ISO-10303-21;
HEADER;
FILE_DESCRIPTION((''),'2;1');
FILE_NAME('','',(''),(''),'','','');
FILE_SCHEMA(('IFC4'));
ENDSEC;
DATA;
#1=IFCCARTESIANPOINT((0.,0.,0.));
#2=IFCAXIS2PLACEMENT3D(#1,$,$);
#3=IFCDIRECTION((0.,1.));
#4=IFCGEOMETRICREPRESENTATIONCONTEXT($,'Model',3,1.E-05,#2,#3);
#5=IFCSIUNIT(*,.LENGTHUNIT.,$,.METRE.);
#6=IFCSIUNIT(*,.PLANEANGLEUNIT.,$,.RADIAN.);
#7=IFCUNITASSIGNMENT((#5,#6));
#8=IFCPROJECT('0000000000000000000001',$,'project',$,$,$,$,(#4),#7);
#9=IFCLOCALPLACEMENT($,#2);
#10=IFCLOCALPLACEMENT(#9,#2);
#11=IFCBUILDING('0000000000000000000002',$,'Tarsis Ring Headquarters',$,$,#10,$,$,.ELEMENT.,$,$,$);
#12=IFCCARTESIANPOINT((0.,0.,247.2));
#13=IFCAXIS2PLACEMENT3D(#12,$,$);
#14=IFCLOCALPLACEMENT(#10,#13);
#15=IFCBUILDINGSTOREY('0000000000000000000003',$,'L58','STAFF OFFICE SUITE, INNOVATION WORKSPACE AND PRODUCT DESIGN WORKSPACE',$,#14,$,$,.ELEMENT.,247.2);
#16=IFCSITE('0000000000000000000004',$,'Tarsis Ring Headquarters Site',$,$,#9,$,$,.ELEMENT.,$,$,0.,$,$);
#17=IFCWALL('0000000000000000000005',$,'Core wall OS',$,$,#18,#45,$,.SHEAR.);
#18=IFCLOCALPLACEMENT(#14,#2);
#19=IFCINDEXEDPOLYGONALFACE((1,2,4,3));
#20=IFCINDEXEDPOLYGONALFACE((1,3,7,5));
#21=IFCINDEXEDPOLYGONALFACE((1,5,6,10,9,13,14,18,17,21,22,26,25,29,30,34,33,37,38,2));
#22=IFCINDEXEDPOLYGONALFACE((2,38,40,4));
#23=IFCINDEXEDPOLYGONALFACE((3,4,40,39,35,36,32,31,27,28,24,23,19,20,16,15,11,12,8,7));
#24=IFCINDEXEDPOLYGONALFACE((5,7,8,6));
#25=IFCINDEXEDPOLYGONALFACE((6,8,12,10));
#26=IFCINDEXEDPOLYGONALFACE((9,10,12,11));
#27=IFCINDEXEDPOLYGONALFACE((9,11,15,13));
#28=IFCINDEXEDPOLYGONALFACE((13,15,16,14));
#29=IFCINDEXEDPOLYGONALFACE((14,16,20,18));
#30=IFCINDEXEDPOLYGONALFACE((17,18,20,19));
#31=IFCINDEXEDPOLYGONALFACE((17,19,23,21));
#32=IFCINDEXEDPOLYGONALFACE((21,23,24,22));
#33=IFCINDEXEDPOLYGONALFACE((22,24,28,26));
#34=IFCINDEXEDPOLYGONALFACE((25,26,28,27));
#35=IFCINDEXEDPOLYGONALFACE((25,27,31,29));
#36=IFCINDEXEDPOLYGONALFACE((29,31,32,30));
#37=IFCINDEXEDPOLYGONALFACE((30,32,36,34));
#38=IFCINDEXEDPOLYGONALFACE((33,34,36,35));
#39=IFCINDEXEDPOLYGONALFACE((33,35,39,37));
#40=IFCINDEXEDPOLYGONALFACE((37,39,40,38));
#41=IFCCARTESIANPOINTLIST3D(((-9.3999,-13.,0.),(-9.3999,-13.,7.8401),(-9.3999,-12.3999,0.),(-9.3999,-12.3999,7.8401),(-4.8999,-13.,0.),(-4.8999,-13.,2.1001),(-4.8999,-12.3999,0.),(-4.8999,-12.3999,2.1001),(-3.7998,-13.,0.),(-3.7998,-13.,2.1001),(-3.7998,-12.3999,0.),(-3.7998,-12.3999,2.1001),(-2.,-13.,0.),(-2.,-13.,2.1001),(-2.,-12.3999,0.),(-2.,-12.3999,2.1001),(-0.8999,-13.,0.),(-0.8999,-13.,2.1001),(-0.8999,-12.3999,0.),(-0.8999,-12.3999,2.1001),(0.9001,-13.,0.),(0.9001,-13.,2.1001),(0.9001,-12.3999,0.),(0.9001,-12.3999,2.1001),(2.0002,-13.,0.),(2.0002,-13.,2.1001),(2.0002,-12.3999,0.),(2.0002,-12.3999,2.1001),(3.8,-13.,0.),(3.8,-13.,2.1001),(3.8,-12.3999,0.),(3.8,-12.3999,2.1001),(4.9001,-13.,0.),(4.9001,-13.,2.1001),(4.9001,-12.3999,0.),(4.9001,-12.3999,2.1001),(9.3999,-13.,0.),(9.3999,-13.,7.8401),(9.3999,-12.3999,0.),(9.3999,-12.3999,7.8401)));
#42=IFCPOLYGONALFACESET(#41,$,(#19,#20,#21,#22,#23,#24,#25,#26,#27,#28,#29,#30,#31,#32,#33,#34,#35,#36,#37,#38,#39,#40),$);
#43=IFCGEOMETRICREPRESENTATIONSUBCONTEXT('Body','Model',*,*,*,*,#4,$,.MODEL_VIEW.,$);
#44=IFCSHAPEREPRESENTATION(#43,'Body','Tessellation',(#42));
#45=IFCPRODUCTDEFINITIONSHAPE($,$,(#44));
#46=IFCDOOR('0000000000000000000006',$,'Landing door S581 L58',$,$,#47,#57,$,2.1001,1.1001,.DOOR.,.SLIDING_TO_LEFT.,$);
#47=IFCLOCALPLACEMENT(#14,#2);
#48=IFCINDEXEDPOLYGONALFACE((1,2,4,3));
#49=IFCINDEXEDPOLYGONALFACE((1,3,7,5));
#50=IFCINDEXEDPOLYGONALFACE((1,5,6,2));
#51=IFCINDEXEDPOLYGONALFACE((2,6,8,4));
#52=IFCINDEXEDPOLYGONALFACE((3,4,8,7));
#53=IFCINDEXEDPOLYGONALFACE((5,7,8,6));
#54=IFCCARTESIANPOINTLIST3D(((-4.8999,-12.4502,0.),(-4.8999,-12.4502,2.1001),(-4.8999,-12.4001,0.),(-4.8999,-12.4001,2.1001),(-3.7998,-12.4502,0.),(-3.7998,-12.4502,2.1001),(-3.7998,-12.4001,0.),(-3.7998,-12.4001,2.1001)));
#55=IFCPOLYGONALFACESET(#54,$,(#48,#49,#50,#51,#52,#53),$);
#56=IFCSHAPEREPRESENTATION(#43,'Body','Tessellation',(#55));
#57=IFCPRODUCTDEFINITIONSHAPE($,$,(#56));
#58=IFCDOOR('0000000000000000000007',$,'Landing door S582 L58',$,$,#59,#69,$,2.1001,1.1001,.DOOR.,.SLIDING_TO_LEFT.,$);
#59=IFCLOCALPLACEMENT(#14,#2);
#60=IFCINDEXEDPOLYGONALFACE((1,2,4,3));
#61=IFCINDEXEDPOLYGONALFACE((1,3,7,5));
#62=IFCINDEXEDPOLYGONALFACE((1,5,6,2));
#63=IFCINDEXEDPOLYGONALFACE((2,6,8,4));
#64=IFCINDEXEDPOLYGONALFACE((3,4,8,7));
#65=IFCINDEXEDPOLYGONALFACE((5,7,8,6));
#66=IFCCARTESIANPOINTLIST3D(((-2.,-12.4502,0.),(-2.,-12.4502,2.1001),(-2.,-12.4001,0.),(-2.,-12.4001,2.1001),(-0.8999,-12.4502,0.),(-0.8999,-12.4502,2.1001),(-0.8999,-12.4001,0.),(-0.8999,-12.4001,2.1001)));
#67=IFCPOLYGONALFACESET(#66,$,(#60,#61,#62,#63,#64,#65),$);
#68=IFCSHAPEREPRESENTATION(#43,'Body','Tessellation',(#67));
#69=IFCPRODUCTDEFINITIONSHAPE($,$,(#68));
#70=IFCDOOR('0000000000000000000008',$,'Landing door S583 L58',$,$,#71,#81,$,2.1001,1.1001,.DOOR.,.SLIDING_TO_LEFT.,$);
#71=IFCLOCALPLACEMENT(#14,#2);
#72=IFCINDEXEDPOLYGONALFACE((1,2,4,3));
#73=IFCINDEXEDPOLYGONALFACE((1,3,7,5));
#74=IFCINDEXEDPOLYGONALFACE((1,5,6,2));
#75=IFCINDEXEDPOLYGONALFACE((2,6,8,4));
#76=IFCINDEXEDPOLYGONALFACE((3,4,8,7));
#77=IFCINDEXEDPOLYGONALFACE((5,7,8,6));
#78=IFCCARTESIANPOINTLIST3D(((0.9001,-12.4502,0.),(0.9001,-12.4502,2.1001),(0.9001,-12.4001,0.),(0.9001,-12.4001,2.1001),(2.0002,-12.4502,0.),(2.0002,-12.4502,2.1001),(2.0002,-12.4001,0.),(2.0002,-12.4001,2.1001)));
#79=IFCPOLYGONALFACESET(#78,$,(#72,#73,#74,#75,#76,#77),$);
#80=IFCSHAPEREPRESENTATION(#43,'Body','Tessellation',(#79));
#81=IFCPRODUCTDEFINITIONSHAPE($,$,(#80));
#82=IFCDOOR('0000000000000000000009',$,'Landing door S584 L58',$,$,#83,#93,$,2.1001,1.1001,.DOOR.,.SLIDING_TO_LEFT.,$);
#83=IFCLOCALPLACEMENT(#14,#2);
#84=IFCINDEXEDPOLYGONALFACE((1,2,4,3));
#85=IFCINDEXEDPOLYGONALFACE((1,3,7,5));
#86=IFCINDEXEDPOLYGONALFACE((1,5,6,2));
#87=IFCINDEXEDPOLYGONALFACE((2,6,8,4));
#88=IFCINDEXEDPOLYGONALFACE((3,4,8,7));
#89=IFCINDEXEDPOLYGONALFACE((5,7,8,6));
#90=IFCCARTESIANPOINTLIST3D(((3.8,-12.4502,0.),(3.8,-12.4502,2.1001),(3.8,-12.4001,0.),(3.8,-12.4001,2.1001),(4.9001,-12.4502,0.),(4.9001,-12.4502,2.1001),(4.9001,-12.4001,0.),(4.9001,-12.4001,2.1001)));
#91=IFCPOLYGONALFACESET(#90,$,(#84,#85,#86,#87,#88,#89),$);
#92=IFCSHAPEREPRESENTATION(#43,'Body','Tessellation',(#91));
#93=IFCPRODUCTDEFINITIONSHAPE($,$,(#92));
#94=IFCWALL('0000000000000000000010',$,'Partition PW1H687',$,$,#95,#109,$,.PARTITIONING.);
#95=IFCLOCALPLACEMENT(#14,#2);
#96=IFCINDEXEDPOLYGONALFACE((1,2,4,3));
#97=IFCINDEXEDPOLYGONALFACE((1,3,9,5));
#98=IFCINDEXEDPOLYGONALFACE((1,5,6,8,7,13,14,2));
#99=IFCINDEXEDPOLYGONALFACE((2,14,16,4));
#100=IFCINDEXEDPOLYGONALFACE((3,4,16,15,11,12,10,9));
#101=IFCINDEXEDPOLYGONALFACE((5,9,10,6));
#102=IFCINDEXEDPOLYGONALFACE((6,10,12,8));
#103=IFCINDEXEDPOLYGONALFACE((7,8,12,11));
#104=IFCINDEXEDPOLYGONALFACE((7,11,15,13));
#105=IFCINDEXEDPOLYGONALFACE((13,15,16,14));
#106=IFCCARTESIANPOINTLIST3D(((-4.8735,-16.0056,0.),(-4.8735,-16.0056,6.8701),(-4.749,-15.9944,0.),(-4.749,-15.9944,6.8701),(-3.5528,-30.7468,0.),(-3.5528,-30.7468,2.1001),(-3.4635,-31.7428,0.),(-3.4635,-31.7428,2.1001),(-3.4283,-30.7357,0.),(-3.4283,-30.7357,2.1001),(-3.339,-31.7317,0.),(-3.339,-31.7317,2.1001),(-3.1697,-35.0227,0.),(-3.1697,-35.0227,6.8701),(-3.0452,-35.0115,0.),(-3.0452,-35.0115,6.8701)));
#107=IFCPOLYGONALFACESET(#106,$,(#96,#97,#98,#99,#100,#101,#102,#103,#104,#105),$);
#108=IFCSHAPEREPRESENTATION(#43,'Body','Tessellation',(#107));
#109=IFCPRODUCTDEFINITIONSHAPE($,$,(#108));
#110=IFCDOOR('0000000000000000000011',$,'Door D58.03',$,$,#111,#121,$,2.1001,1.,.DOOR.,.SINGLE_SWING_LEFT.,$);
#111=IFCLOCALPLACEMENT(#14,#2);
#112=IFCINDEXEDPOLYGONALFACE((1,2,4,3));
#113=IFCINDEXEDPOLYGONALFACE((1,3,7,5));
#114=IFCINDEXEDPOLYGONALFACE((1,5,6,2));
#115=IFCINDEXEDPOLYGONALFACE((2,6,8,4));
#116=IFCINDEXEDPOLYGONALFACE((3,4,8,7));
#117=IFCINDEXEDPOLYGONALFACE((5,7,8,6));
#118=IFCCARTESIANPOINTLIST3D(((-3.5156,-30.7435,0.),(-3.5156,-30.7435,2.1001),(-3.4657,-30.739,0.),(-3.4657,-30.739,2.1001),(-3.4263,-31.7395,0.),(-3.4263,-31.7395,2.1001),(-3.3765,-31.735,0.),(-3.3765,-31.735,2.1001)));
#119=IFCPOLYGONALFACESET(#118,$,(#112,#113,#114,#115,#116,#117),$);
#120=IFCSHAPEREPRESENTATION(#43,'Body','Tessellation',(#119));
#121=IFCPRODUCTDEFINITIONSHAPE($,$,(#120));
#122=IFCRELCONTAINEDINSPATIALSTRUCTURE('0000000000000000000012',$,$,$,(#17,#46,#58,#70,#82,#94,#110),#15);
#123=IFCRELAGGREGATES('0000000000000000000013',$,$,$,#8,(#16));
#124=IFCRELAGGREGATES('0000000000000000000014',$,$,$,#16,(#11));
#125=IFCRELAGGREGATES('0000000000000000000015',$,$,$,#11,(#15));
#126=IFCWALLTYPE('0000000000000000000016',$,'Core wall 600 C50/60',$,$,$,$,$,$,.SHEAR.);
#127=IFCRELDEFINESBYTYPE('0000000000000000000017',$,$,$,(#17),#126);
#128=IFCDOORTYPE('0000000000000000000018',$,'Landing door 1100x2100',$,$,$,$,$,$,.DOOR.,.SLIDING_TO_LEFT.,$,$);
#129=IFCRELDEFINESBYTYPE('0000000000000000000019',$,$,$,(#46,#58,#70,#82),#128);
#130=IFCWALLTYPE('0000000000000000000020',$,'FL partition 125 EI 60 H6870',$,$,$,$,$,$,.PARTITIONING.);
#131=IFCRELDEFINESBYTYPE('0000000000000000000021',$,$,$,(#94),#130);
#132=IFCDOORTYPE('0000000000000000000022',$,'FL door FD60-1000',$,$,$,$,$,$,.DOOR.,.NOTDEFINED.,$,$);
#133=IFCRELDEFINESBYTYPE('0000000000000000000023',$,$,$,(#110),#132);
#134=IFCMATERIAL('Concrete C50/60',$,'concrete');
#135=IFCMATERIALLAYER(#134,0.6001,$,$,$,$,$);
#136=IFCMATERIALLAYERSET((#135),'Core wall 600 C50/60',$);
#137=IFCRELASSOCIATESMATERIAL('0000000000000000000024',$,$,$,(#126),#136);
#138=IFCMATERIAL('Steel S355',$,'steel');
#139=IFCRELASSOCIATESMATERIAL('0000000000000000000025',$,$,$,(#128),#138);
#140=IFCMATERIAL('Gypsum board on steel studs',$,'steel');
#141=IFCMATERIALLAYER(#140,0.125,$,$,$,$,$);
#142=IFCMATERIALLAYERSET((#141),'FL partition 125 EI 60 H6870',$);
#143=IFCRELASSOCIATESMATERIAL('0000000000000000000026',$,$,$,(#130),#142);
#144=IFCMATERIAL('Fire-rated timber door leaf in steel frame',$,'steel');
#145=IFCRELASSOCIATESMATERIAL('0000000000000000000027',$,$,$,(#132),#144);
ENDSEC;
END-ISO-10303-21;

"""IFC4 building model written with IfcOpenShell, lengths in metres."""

from ifc_helpers import new_model, si_unit, direction, frame, frame_2d, origin, place, context, subcontext, project, spatial, rectangle, extrude, material, layer, layer_set, type_object, element, fill, save


model = new_model("IFC4")

# Units and contexts
model_context = context("Model", 3, precision=1e-05, world=origin(), true_north=direction((0.0, 1.0)))
body_context = subcontext(model_context, "Body", "Model", "MODEL_VIEW")
ifc_project = project(units=[si_unit("LENGTHUNIT", "METRE"), si_unit("PLANEANGLEUNIT", "RADIAN")], contexts=[model_context])

# Site, building, storey
site_placement = place(None, origin())
site = spatial("IfcSite", under=ifc_project, at=site_placement, Name="Tarsis Ring Headquarters Site", CompositionType="ELEMENT", RefElevation=0.0)
building_placement = place(site_placement, origin())
building = spatial("IfcBuilding", under=site, at=building_placement, Name="Tarsis Ring Headquarters", CompositionType="ELEMENT")
storey_placement = place(building_placement, frame((0.0, 0.0, 247.2)))
storey = spatial("IfcBuildingStorey", under=building, at=storey_placement, Name="L58", Description="STAFF OFFICE SUITE, INNOVATION WORKSPACE AND PRODUCT DESIGN WORKSPACE", CompositionType="ELEMENT", Elevation=247.2)

# Wall, openings, doors
ifc_material_1 = material(Name="Concrete C50/60", Category="concrete")
ifc_layer_1 = layer(ifc_material_1, 0.6001)
ifc_layer_set_1 = layer_set([ifc_layer_1], Name="Core wall 600 C50/60")
wall_type_1 = type_object("IfcWallType", Name="Core wall 600 C50/60", PredefinedType="SHEAR", material=ifc_layer_set_1)
ifc_material_2 = material(Name="Steel S355", Category="steel")
door_type_1 = type_object("IfcDoorType", Name="Landing door 1100x2100", OperationType="SLIDING_TO_LEFT", PredefinedType="DOOR", material=ifc_material_2)
wall_1_placement = place(storey_placement, frame((-9.3999, -12.7, 0.0), z_axis=(0.0, 0.0, 1.0), x_axis=(1.0, 0.0, 0.0)))
wall_1 = element("IfcWall", 1, at=wall_1_placement, inside=storey, type_object=wall_type_1, Name="Core wall OS", PredefinedType="SHEAR", context=body_context, shape_type="SweptSolid", body=[
    extrude(rectangle(XDim=18.7998, YDim=0.6001, at=frame_2d((9.3999, 0.0))), origin(), (0.0, 0.0, 1.0), 7.8401),
])
opening_1_placement = place(wall_1_placement, frame((4.5, 0.0, 0.0)))
opening_1 = element("IfcOpeningElement", 2, at=opening_1_placement, cuts=wall_1, PredefinedType="OPENING", context=body_context, shape_type="SweptSolid", body=[
    extrude(rectangle(XDim=1.1001, YDim=2.1001, at=frame_2d((0.55, 1.05))), frame((0.0, 0.3101, 0.0), z_axis=(0.0, -1.0, 0.0), x_axis=(1.0, 0.0, 0.0)), (0.0, 0.0, 1.0), 0.6201),
])
opening_2_placement = place(wall_1_placement, frame((7.3999, 0.0, 0.0)))
opening_2 = element("IfcOpeningElement", 3, at=opening_2_placement, cuts=wall_1, PredefinedType="OPENING", context=body_context, shape_type="SweptSolid", body=[
    extrude(rectangle(XDim=1.1001, YDim=2.1001, at=frame_2d((0.55, 1.05))), frame((0.0, 0.3101, 0.0), z_axis=(0.0, -1.0, 0.0), x_axis=(1.0, 0.0, 0.0)), (0.0, 0.0, 1.0), 0.6201),
])
opening_3_placement = place(wall_1_placement, frame((10.3, 0.0, 0.0)))
opening_3 = element("IfcOpeningElement", 4, at=opening_3_placement, cuts=wall_1, PredefinedType="OPENING", context=body_context, shape_type="SweptSolid", body=[
    extrude(rectangle(XDim=1.1001, YDim=2.1001, at=frame_2d((0.55, 1.05))), frame((0.0, 0.3101, 0.0), z_axis=(0.0, -1.0, 0.0), x_axis=(1.0, 0.0, 0.0)), (0.0, 0.0, 1.0), 0.6201),
])
opening_4_placement = place(wall_1_placement, frame((13.2, 0.0, 0.0)))
opening_4 = element("IfcOpeningElement", 5, at=opening_4_placement, cuts=wall_1, PredefinedType="OPENING", context=body_context, shape_type="SweptSolid", body=[
    extrude(rectangle(XDim=1.1001, YDim=2.1001, at=frame_2d((0.55, 1.05))), frame((0.0, 0.3101, 0.0), z_axis=(0.0, -1.0, 0.0), x_axis=(1.0, 0.0, 0.0)), (0.0, 0.0, 1.0), 0.6201),
])
door_1_placement = place(opening_1_placement, origin())
door_1 = element("IfcDoor", 6, at=door_1_placement, inside=storey, type_object=door_type_1, Name="Landing door S581 L58", OperationType="SLIDING_TO_LEFT", OverallHeight=2.1001, OverallWidth=1.1001, PredefinedType="DOOR", context=body_context, shape_type="SweptSolid", body=[
    extrude(rectangle(XDim=1.1001, YDim=2.1001, at=frame_2d((0.55, 1.05))), frame((0.0, 0.2998, 0.0), z_axis=(0.0, -1.0, 0.0), x_axis=(1.0, 0.0, 0.0)), (0.0, 0.0, 1.0), 0.05),
])
fill(opening_1, door_1)
door_2_placement = place(opening_2_placement, origin())
door_2 = element("IfcDoor", 7, at=door_2_placement, inside=storey, type_object=door_type_1, Name="Landing door S582 L58", OperationType="SLIDING_TO_LEFT", OverallHeight=2.1001, OverallWidth=1.1001, PredefinedType="DOOR", context=body_context, shape_type="SweptSolid", body=[
    extrude(rectangle(XDim=1.1001, YDim=2.1001, at=frame_2d((0.55, 1.05))), frame((0.0, 0.2998, 0.0), z_axis=(0.0, -1.0, 0.0), x_axis=(1.0, 0.0, 0.0)), (0.0, 0.0, 1.0), 0.05),
])
fill(opening_2, door_2)
door_3_placement = place(opening_3_placement, origin())
door_3 = element("IfcDoor", 8, at=door_3_placement, inside=storey, type_object=door_type_1, Name="Landing door S583 L58", OperationType="SLIDING_TO_LEFT", OverallHeight=2.1001, OverallWidth=1.1001, PredefinedType="DOOR", context=body_context, shape_type="SweptSolid", body=[
    extrude(rectangle(XDim=1.1001, YDim=2.1001, at=frame_2d((0.55, 1.05))), frame((0.0, 0.2998, 0.0), z_axis=(0.0, -1.0, 0.0), x_axis=(1.0, 0.0, 0.0)), (0.0, 0.0, 1.0), 0.05),
])
fill(opening_3, door_3)
door_4_placement = place(opening_4_placement, origin())
door_4 = element("IfcDoor", 9, at=door_4_placement, inside=storey, type_object=door_type_1, Name="Landing door S584 L58", OperationType="SLIDING_TO_LEFT", OverallHeight=2.1001, OverallWidth=1.1001, PredefinedType="DOOR", context=body_context, shape_type="SweptSolid", body=[
    extrude(rectangle(XDim=1.1001, YDim=2.1001, at=frame_2d((0.55, 1.05))), frame((0.0, 0.2998, 0.0), z_axis=(0.0, -1.0, 0.0), x_axis=(1.0, 0.0, 0.0)), (0.0, 0.0, 1.0), 0.05),
])
fill(opening_4, door_4)

# Wall, opening, door
ifc_material_3 = material(Name="Gypsum board on steel studs", Category="steel")
ifc_layer_2 = layer(ifc_material_3, 0.125)
ifc_layer_set_2 = layer_set([ifc_layer_2], Name="FL partition 125 EI 60 H6870")
wall_type_2 = type_object("IfcWallType", Name="FL partition 125 EI 60 H6870", PredefinedType="PARTITIONING", material=ifc_layer_set_2)
wall_2_placement = place(storey_placement, frame((-4.8113, -16.0, 0.0), z_axis=(0.0, 0.0, 1.0), x_axis=(0.089239, -0.99601, 0.0)))
wall_2 = element("IfcWall", 10, at=wall_2_placement, inside=storey, type_object=wall_type_2, Name="Partition PW1H687", PredefinedType="PARTITIONING", context=body_context, shape_type="SweptSolid", body=[
    extrude(rectangle(XDim=19.0933, YDim=0.125, at=frame_2d((9.5466, 0.0))), origin(), (0.0, 0.0, 1.0), 6.8701),
])
opening_5_placement = place(wall_2_placement, frame((14.8003, 0.0, 0.0)))
opening_5 = element("IfcOpeningElement", 11, at=opening_5_placement, cuts=wall_2, PredefinedType="OPENING", context=body_context, shape_type="SweptSolid", body=[
    extrude(rectangle(XDim=1.0, YDim=2.1001, at=frame_2d((0.5, 1.05))), frame((0.0, 0.0725, 0.0), z_axis=(0.0, -1.0, 0.0), x_axis=(1.0, 0.0, 0.0)), (0.0, 0.0, 1.0), 0.145),
])
ifc_material_4 = material(Name="Fire-rated timber door leaf in steel frame", Category="steel")
door_type_2 = type_object("IfcDoorType", Name="FL door FD60-1000", OperationType="NOTDEFINED", PredefinedType="DOOR", material=ifc_material_4)
door_5_placement = place(opening_5_placement, origin())
door_5 = element("IfcDoor", 12, at=door_5_placement, inside=storey, type_object=door_type_2, Name="Door D58.03", OperationType="SINGLE_SWING_LEFT", OverallHeight=2.1001, OverallWidth=1.0, PredefinedType="DOOR", context=body_context, shape_type="SweptSolid", body=[
    extrude(rectangle(XDim=1.0, YDim=2.1001, at=frame_2d((0.5, 1.05))), frame((0.0, 0.0249, 0.0), z_axis=(0.0, -1.0, 0.0), x_axis=(1.0, 0.0, 0.0)), (0.0, 0.0, 1.0), 0.05),
])
fill(opening_5, door_5)

save(model, "model.ifc")
